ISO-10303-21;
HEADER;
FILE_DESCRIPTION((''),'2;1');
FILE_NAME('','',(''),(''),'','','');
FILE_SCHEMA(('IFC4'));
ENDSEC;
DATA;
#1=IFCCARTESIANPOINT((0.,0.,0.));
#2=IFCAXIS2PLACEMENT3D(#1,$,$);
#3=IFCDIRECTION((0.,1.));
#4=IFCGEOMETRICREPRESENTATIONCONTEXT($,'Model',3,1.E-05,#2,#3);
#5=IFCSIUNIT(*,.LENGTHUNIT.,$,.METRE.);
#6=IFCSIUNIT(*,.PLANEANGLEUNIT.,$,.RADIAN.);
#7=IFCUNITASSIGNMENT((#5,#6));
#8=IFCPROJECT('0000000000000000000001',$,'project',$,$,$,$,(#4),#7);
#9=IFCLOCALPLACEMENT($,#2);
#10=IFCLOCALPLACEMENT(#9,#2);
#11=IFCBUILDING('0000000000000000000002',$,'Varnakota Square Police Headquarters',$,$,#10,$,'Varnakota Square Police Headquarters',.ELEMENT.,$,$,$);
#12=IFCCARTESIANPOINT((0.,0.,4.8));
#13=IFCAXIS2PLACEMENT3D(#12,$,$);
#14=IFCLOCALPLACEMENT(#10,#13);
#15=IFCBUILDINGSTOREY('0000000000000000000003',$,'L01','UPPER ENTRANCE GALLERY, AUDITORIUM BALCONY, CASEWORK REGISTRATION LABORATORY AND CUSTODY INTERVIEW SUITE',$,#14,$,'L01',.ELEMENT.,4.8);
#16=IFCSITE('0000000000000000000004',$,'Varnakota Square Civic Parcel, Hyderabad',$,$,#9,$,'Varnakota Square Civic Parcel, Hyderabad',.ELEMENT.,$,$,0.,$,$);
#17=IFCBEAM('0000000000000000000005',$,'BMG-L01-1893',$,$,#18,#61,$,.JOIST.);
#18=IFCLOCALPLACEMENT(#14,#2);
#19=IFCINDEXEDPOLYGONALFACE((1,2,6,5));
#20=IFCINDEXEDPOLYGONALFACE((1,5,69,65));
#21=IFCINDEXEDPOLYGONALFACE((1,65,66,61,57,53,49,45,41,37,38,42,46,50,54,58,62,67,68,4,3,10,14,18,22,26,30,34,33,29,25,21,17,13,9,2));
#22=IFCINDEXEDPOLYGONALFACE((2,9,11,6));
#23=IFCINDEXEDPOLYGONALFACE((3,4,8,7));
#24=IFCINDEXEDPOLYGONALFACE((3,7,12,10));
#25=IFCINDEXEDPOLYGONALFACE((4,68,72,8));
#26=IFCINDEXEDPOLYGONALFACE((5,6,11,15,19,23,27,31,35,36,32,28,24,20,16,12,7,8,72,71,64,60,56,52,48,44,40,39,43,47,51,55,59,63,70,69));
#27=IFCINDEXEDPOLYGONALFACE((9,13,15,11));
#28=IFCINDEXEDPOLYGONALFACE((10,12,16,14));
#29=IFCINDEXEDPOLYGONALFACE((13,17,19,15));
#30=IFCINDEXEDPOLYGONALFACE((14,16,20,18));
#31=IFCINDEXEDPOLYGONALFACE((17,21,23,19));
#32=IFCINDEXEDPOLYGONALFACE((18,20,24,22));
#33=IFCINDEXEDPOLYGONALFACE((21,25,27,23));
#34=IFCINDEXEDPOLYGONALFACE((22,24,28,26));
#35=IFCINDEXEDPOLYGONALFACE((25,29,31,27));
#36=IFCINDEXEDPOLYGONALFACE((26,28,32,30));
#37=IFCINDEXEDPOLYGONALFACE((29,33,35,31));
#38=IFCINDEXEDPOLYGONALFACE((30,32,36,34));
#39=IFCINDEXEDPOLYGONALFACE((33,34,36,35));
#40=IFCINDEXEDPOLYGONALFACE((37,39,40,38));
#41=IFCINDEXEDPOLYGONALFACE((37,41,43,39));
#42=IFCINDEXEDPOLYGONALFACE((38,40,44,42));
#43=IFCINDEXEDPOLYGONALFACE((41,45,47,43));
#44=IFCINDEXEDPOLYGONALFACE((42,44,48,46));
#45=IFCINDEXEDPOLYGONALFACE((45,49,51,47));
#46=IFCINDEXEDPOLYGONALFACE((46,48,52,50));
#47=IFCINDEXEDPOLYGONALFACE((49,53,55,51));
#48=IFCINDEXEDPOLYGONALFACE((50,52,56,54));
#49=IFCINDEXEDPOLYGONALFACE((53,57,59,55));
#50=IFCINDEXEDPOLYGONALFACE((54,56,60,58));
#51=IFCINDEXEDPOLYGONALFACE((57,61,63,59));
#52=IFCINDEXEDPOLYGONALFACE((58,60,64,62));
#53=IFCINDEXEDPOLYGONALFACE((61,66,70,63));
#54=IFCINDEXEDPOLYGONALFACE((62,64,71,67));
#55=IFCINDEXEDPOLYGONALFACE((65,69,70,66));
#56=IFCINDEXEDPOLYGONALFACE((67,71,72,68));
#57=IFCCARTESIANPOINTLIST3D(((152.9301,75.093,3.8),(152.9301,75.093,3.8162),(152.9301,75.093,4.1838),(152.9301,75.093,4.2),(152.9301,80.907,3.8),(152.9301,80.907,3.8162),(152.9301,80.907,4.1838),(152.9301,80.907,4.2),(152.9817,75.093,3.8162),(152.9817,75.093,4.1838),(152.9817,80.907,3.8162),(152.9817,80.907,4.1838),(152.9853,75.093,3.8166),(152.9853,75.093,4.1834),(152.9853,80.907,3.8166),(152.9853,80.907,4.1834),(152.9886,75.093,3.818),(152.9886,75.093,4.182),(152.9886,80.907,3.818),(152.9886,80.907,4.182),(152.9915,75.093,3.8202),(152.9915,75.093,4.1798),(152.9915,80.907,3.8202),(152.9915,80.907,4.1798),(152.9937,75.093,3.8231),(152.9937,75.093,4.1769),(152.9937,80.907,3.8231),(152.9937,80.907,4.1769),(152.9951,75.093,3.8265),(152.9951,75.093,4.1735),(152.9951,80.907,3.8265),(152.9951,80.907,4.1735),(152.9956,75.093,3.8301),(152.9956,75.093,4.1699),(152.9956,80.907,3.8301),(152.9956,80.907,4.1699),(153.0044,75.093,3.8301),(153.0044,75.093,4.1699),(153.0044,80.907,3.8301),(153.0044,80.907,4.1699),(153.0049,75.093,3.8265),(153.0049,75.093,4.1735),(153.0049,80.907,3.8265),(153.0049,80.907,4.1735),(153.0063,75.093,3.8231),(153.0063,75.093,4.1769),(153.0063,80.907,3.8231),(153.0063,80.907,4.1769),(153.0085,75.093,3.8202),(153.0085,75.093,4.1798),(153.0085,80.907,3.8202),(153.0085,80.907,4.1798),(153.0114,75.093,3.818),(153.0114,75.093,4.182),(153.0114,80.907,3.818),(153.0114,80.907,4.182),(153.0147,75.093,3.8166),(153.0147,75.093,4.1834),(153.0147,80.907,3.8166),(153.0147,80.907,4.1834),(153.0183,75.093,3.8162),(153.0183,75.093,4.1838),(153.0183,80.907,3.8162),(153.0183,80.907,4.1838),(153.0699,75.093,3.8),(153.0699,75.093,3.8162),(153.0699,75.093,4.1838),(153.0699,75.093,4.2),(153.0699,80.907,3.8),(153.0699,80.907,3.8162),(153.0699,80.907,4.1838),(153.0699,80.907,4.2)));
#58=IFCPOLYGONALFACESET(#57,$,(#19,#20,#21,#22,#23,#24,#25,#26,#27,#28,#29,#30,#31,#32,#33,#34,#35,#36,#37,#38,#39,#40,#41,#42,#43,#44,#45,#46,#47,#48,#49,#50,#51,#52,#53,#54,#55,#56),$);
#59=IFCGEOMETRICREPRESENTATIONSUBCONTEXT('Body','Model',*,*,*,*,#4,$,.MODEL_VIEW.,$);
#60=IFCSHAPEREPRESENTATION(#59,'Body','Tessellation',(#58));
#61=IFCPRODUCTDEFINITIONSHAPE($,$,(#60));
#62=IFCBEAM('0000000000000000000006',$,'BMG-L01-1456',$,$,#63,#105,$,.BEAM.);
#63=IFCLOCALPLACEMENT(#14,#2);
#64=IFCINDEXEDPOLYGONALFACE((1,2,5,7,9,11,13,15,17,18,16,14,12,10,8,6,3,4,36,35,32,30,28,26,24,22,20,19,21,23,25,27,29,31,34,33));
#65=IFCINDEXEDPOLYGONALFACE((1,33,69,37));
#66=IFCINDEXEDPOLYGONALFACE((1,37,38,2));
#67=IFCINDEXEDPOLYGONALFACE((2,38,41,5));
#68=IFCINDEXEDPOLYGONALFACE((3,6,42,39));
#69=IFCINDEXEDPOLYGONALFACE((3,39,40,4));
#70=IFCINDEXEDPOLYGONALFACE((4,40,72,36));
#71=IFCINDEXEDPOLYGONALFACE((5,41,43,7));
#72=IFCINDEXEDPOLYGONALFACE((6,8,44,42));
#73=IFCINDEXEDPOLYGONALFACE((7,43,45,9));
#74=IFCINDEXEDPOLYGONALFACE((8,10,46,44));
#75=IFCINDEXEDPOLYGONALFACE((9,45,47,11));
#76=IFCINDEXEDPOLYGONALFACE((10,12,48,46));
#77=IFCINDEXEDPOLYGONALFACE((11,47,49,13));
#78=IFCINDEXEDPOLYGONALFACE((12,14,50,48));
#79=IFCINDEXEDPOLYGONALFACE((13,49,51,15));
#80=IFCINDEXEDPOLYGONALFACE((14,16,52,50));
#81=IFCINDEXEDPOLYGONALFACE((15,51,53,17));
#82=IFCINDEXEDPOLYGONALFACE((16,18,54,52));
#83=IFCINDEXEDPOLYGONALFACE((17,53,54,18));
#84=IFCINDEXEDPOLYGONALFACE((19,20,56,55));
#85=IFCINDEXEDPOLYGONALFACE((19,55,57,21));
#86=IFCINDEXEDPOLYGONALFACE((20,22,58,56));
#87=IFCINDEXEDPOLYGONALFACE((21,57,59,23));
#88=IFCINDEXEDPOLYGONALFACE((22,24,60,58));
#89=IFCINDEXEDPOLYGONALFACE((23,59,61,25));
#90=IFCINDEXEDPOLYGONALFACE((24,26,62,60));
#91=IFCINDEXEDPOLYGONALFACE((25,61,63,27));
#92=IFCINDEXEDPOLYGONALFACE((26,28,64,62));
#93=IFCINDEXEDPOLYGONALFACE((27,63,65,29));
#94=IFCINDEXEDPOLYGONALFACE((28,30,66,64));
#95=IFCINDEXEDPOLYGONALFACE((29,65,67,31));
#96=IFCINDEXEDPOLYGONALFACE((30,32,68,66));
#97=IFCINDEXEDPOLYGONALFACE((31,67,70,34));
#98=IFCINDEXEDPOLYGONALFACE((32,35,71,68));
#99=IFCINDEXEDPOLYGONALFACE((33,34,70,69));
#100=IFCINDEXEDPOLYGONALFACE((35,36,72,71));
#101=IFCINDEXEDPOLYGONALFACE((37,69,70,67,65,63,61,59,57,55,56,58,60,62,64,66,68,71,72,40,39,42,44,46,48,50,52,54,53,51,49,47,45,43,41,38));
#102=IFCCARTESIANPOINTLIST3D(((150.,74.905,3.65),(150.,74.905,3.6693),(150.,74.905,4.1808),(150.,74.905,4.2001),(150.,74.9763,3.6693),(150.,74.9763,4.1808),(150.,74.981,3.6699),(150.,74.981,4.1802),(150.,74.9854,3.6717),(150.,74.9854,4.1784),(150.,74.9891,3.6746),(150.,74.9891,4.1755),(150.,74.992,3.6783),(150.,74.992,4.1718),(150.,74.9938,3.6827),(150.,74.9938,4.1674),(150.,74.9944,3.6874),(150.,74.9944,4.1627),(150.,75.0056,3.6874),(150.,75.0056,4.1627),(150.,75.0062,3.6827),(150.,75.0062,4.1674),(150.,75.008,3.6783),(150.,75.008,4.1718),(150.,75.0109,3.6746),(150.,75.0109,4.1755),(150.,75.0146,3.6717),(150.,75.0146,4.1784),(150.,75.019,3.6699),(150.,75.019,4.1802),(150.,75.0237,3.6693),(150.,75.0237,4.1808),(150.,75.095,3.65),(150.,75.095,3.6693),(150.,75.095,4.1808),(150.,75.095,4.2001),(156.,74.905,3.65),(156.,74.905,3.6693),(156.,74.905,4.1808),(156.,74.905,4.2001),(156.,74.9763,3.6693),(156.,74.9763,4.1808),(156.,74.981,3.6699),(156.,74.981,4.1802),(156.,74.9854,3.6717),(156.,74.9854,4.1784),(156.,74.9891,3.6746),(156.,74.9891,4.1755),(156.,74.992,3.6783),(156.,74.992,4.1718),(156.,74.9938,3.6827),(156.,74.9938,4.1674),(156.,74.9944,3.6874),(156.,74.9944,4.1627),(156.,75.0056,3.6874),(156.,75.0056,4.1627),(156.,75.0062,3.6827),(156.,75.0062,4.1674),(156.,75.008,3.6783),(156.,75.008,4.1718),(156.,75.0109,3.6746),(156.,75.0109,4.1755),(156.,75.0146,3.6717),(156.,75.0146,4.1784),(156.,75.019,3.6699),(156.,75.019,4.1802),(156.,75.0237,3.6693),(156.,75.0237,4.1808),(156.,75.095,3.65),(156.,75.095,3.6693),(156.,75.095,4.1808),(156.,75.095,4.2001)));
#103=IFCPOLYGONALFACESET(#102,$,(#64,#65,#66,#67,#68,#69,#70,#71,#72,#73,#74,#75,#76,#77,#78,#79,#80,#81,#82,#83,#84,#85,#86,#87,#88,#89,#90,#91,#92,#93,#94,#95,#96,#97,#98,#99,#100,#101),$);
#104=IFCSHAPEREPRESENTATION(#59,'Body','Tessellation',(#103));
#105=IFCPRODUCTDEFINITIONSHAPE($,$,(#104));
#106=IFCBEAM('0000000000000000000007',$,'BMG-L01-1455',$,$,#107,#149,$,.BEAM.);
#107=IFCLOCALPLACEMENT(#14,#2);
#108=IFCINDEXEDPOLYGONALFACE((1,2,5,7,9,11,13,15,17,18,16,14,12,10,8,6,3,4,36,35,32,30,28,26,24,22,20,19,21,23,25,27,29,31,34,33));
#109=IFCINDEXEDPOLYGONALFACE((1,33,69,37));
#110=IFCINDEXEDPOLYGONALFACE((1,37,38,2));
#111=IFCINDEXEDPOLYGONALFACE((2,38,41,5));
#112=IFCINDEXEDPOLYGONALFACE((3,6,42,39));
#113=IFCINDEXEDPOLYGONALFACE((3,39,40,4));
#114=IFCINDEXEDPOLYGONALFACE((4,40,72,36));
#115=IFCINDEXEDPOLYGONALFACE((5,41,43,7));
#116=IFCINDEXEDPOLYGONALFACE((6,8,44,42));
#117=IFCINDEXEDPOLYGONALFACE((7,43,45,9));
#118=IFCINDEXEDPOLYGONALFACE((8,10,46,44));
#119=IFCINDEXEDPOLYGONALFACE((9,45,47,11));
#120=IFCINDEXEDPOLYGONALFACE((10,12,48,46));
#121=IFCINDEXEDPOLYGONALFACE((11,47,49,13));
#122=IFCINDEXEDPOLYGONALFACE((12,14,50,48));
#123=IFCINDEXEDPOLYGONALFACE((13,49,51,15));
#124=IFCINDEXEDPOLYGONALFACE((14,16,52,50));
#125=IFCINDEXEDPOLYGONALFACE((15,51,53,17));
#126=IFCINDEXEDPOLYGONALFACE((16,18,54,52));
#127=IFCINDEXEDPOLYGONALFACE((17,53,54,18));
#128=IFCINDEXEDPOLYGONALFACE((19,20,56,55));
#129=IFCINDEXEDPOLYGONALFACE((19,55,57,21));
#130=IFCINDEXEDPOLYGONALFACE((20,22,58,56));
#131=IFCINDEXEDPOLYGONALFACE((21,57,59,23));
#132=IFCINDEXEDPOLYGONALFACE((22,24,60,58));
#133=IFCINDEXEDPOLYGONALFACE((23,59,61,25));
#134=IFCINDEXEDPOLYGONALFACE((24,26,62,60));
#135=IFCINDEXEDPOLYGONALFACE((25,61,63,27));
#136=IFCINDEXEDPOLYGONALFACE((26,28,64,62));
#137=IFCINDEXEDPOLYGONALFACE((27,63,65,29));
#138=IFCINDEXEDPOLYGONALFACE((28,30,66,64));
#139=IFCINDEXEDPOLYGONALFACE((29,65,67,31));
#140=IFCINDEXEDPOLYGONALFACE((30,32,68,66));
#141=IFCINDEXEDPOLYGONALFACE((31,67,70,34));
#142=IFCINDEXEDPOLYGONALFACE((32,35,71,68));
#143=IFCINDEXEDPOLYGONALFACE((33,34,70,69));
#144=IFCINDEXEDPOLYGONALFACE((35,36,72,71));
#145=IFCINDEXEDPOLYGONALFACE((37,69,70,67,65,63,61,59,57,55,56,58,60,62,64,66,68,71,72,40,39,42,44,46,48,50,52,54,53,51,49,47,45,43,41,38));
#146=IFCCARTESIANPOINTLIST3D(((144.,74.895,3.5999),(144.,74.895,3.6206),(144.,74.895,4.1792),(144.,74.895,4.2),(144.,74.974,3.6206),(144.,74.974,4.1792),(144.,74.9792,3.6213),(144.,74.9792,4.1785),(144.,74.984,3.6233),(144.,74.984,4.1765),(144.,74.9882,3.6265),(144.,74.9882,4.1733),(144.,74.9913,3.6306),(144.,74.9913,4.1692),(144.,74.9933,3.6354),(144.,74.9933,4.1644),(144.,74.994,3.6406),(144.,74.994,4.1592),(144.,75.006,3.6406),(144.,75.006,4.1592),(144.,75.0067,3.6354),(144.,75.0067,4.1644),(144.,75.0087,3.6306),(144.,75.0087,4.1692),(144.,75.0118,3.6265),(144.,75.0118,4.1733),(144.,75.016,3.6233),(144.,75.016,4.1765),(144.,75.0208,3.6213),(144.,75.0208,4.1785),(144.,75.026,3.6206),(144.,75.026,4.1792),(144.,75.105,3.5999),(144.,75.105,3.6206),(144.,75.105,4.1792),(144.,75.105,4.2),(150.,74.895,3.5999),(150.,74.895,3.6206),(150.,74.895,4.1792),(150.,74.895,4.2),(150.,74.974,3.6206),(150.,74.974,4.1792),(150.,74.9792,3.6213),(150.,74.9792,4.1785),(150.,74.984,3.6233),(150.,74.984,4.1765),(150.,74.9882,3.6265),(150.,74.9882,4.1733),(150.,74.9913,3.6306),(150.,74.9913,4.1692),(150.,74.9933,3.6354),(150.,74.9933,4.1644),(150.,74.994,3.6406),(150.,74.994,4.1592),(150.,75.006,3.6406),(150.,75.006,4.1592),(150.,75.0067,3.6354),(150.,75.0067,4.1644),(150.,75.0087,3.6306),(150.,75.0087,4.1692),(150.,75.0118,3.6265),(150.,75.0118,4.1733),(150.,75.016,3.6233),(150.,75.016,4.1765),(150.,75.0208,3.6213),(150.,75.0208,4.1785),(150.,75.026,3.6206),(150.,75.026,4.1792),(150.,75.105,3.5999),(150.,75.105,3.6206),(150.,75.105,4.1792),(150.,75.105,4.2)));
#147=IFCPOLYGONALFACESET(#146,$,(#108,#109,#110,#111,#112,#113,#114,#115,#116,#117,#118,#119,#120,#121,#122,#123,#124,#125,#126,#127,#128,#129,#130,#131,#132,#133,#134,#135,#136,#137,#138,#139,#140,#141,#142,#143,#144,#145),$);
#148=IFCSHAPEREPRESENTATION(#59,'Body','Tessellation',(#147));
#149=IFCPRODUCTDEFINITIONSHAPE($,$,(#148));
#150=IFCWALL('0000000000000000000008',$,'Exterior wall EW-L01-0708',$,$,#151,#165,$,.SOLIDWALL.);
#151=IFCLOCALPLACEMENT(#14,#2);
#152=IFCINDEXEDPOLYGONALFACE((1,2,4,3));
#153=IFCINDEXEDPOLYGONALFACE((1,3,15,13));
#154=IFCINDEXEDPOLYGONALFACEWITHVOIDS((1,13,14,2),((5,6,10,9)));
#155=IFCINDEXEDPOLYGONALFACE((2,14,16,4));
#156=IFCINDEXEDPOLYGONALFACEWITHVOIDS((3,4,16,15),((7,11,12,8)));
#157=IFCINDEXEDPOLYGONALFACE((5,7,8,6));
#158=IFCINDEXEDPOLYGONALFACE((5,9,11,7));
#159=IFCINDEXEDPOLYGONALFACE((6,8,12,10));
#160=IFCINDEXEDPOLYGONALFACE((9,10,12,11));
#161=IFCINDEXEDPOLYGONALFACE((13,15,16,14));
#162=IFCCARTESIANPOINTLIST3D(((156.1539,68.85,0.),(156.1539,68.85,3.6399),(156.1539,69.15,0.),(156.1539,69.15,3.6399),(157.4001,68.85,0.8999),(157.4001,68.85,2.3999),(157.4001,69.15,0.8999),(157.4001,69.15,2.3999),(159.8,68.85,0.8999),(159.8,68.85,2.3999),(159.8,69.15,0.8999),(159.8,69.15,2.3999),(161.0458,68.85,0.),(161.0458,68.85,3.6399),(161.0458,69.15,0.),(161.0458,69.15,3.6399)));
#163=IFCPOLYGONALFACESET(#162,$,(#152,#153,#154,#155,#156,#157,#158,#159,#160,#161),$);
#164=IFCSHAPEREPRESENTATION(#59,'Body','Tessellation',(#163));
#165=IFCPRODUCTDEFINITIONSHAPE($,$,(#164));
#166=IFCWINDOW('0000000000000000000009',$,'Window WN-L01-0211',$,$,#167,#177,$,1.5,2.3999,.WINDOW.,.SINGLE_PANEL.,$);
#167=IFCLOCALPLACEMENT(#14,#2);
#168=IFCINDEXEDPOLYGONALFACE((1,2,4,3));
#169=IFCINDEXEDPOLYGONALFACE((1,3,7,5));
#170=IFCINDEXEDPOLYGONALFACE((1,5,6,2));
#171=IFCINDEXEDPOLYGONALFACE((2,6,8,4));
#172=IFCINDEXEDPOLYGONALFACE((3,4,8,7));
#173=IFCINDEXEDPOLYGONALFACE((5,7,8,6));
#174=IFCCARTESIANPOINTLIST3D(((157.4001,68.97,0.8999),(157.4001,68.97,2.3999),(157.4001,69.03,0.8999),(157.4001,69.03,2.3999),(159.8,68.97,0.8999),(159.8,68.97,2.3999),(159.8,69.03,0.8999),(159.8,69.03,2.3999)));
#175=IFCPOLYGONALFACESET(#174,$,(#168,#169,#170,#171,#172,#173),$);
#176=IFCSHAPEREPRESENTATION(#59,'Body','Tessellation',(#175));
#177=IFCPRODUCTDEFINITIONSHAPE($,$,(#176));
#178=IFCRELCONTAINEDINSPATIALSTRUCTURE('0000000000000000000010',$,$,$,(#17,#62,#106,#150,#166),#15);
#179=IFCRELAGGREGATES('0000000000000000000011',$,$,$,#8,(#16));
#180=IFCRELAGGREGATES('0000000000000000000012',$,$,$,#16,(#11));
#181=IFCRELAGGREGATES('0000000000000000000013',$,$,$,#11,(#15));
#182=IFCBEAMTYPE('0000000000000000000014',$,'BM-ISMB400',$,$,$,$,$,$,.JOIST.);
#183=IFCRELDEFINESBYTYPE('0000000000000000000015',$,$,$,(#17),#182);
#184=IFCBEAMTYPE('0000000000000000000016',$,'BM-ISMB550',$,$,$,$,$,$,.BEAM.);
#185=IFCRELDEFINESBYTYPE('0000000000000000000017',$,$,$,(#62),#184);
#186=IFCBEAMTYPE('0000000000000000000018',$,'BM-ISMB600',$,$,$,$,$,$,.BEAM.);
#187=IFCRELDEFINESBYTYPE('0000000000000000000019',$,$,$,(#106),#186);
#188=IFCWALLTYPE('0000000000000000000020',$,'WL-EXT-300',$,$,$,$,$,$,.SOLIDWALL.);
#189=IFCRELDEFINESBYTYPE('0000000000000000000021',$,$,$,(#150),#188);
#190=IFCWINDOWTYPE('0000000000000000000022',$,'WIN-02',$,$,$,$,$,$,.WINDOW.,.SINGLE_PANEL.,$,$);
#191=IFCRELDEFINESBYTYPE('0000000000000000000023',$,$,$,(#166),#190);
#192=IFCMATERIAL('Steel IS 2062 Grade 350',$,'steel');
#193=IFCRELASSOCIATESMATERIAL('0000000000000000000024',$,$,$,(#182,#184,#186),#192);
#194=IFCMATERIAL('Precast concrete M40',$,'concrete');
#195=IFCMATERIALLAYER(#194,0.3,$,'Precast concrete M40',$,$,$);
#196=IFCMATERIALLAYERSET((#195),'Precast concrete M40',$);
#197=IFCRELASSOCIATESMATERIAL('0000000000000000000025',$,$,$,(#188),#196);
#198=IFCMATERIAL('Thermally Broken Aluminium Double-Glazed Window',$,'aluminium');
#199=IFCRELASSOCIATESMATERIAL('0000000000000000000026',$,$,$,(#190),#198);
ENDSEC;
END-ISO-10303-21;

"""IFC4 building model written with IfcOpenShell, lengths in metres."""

from ifc_helpers import new_model, si_unit, direction, frame, frame_2d, origin, origin_2d, place, context, subcontext, project, spatial, rectangle, i_section, extrude, material, layer, layer_set, material_profile, profile_set, type_object, element, fill, save


model = new_model("IFC4")

# Units and contexts
model_context = context("Model", 3, precision=1e-05, world=origin(), true_north=direction((0.0, 1.0)))
body_context = subcontext(model_context, "Body", "Model", "MODEL_VIEW")
ifc_project = project(units=[si_unit("LENGTHUNIT", "METRE"), si_unit("PLANEANGLEUNIT", "RADIAN")], contexts=[model_context])

# Site, building, storey
site_placement = place(None, origin())
site = spatial("IfcSite", under=ifc_project, at=site_placement, Name="Varnakota Square Civic Parcel, Hyderabad", LongName="Varnakota Square Civic Parcel, Hyderabad", CompositionType="ELEMENT", RefElevation=0.0)
building_placement = place(site_placement, origin())
building = spatial("IfcBuilding", under=site, at=building_placement, Name="Varnakota Square Police Headquarters", LongName="Varnakota Square Police Headquarters", CompositionType="ELEMENT")
storey_placement = place(building_placement, frame((0.0, 0.0, 4.8)))
storey = spatial("IfcBuildingStorey", under=building, at=storey_placement, Name="L01", Description="UPPER ENTRANCE GALLERY, AUDITORIUM BALCONY, CASEWORK REGISTRATION LABORATORY AND CUSTODY INTERVIEW SUITE", LongName="L01", CompositionType="ELEMENT", Elevation=4.8)

# Shared definitions
ifc_material_1 = material(Name="Steel IS 2062 Grade 350", Category="steel")

# Beams
ifc_material_profile_1 = material_profile(ifc_material_1, i_section(OverallWidth=0.1399, OverallDepth=0.3999, WebThickness=0.0088, FlangeThickness=0.0161, FilletRadius=0.0139, at=origin_2d()), Name="ISMB 400")
ifc_profile_set_1 = profile_set([ifc_material_profile_1], Name="Steel IS 2062 Grade 350")
beam_type_1 = type_object("IfcBeamType", Name="BM-ISMB400", PredefinedType="JOIST", material=ifc_profile_set_1)
beam_1_placement = place(storey_placement, frame((153.0, 75.093, 4.0), z_axis=(0.0, 1.0, 0.0), x_axis=(-1.0, 0.0, 0.0)))
element("IfcBeam", 1, at=beam_1_placement, inside=storey, type_object=beam_type_1, Name="BMG-L01-1893", PredefinedType="JOIST", context=body_context, shape_type="SweptSolid", body=[
    extrude(i_section(OverallWidth=0.1399, OverallDepth=0.3999, WebThickness=0.0088, FlangeThickness=0.0161, FilletRadius=0.0139, at=origin_2d()), origin(), (0.0, 0.0, 1.0), 5.814),
])
ifc_material_profile_2 = material_profile(ifc_material_1, i_section(OverallWidth=0.1899, OverallDepth=0.55, WebThickness=0.0112, FlangeThickness=0.0193, FilletRadius=0.0181, at=origin_2d()), Name="ISMB 550")
ifc_profile_set_2 = profile_set([ifc_material_profile_2], Name="Steel IS 2062 Grade 350")
beam_type_2 = type_object("IfcBeamType", Name="BM-ISMB550", PredefinedType="BEAM", material=ifc_profile_set_2)
beam_2_placement = place(storey_placement, frame((150.0, 75.0, 3.925), z_axis=(1.0, 0.0, 0.0), x_axis=(0.0, 1.0, 0.0)))
element("IfcBeam", 2, at=beam_2_placement, inside=storey, type_object=beam_type_2, Name="BMG-L01-1456", PredefinedType="BEAM", context=body_context, shape_type="SweptSolid", body=[
    extrude(i_section(OverallWidth=0.1899, OverallDepth=0.55, WebThickness=0.0112, FlangeThickness=0.0193, FilletRadius=0.0181, at=origin_2d()), origin(), (0.0, 0.0, 1.0), 6.0),
])
ifc_material_profile_3 = material_profile(ifc_material_1, i_section(OverallWidth=0.21, OverallDepth=0.6001, WebThickness=0.012, FlangeThickness=0.0208, FilletRadius=0.02, at=origin_2d()), Name="ISMB 600")
ifc_profile_set_3 = profile_set([ifc_material_profile_3], Name="Steel IS 2062 Grade 350")
beam_type_3 = type_object("IfcBeamType", Name="BM-ISMB600", PredefinedType="BEAM", material=ifc_profile_set_3)
beam_3_placement = place(storey_placement, frame((144.0, 75.0, 3.8999), z_axis=(1.0, 0.0, 0.0), x_axis=(0.0, 1.0, 0.0)))
element("IfcBeam", 3, at=beam_3_placement, inside=storey, type_object=beam_type_3, Name="BMG-L01-1455", PredefinedType="BEAM", context=body_context, shape_type="SweptSolid", body=[
    extrude(i_section(OverallWidth=0.21, OverallDepth=0.6001, WebThickness=0.012, FlangeThickness=0.0208, FilletRadius=0.02, at=origin_2d()), origin(), (0.0, 0.0, 1.0), 6.0),
])

# Wall, opening, window
ifc_material_2 = material(Name="Precast concrete M40", Category="concrete")
ifc_layer_1 = layer(ifc_material_2, 0.3, Name="Precast concrete M40")
ifc_layer_set_1 = layer_set([ifc_layer_1], Name="Precast concrete M40")
wall_type_1 = type_object("IfcWallType", Name="WL-EXT-300", PredefinedType="SOLIDWALL", material=ifc_layer_set_1)
wall_1_placement = place(storey_placement, frame((156.1541, 69.0, 0.0), z_axis=(0.0, 0.0, 1.0), x_axis=(1.0, 0.0, 0.0)))
wall_1 = element("IfcWall", 4, at=wall_1_placement, inside=storey, type_object=wall_type_1, Name="Exterior wall EW-L01-0708", PredefinedType="SOLIDWALL", context=body_context, shape_type="SweptSolid", body=[
    extrude(rectangle(XDim=4.8918, YDim=0.3, at=frame_2d((2.4458, 0.0))), origin(), (0.0, 0.0, 1.0), 3.6399),
])
opening_1_placement = place(wall_1_placement, frame((1.2461, 0.0, 0.8999)))
opening_1 = element("IfcOpeningElement", 5, at=opening_1_placement, cuts=wall_1, PredefinedType="OPENING", context=body_context, shape_type="SweptSolid", body=[
    extrude(rectangle(XDim=2.3999, YDim=1.5, at=frame_2d((1.2, 0.75))), frame((0.0, 0.1599, 0.0), z_axis=(0.0, -1.0, 0.0), x_axis=(1.0, 0.0, 0.0)), (0.0, 0.0, 1.0), 0.3201),
])
ifc_material_3 = material(Name="Thermally Broken Aluminium Double-Glazed Window", Category="aluminium")
window_type_1 = type_object("IfcWindowType", Name="WIN-02", PartitioningType="SINGLE_PANEL", PredefinedType="WINDOW", material=ifc_material_3)
window_1_placement = place(opening_1_placement, origin())
window_1 = element("IfcWindow", 6, at=window_1_placement, inside=storey, type_object=window_type_1, Name="Window WN-L01-0211", OverallHeight=1.5, OverallWidth=2.3999, PartitioningType="SINGLE_PANEL", PredefinedType="WINDOW", context=body_context, shape_type="SweptSolid", body=[
    extrude(rectangle(XDim=2.3999, YDim=1.5, at=frame_2d((1.2, 0.75))), frame((0.0, 0.03, 0.0), z_axis=(0.0, -1.0, 0.0), x_axis=(1.0, 0.0, 0.0)), (0.0, 0.0, 1.0), 0.0601),
])
fill(opening_1, window_1)

save(model, "model.ifc")
